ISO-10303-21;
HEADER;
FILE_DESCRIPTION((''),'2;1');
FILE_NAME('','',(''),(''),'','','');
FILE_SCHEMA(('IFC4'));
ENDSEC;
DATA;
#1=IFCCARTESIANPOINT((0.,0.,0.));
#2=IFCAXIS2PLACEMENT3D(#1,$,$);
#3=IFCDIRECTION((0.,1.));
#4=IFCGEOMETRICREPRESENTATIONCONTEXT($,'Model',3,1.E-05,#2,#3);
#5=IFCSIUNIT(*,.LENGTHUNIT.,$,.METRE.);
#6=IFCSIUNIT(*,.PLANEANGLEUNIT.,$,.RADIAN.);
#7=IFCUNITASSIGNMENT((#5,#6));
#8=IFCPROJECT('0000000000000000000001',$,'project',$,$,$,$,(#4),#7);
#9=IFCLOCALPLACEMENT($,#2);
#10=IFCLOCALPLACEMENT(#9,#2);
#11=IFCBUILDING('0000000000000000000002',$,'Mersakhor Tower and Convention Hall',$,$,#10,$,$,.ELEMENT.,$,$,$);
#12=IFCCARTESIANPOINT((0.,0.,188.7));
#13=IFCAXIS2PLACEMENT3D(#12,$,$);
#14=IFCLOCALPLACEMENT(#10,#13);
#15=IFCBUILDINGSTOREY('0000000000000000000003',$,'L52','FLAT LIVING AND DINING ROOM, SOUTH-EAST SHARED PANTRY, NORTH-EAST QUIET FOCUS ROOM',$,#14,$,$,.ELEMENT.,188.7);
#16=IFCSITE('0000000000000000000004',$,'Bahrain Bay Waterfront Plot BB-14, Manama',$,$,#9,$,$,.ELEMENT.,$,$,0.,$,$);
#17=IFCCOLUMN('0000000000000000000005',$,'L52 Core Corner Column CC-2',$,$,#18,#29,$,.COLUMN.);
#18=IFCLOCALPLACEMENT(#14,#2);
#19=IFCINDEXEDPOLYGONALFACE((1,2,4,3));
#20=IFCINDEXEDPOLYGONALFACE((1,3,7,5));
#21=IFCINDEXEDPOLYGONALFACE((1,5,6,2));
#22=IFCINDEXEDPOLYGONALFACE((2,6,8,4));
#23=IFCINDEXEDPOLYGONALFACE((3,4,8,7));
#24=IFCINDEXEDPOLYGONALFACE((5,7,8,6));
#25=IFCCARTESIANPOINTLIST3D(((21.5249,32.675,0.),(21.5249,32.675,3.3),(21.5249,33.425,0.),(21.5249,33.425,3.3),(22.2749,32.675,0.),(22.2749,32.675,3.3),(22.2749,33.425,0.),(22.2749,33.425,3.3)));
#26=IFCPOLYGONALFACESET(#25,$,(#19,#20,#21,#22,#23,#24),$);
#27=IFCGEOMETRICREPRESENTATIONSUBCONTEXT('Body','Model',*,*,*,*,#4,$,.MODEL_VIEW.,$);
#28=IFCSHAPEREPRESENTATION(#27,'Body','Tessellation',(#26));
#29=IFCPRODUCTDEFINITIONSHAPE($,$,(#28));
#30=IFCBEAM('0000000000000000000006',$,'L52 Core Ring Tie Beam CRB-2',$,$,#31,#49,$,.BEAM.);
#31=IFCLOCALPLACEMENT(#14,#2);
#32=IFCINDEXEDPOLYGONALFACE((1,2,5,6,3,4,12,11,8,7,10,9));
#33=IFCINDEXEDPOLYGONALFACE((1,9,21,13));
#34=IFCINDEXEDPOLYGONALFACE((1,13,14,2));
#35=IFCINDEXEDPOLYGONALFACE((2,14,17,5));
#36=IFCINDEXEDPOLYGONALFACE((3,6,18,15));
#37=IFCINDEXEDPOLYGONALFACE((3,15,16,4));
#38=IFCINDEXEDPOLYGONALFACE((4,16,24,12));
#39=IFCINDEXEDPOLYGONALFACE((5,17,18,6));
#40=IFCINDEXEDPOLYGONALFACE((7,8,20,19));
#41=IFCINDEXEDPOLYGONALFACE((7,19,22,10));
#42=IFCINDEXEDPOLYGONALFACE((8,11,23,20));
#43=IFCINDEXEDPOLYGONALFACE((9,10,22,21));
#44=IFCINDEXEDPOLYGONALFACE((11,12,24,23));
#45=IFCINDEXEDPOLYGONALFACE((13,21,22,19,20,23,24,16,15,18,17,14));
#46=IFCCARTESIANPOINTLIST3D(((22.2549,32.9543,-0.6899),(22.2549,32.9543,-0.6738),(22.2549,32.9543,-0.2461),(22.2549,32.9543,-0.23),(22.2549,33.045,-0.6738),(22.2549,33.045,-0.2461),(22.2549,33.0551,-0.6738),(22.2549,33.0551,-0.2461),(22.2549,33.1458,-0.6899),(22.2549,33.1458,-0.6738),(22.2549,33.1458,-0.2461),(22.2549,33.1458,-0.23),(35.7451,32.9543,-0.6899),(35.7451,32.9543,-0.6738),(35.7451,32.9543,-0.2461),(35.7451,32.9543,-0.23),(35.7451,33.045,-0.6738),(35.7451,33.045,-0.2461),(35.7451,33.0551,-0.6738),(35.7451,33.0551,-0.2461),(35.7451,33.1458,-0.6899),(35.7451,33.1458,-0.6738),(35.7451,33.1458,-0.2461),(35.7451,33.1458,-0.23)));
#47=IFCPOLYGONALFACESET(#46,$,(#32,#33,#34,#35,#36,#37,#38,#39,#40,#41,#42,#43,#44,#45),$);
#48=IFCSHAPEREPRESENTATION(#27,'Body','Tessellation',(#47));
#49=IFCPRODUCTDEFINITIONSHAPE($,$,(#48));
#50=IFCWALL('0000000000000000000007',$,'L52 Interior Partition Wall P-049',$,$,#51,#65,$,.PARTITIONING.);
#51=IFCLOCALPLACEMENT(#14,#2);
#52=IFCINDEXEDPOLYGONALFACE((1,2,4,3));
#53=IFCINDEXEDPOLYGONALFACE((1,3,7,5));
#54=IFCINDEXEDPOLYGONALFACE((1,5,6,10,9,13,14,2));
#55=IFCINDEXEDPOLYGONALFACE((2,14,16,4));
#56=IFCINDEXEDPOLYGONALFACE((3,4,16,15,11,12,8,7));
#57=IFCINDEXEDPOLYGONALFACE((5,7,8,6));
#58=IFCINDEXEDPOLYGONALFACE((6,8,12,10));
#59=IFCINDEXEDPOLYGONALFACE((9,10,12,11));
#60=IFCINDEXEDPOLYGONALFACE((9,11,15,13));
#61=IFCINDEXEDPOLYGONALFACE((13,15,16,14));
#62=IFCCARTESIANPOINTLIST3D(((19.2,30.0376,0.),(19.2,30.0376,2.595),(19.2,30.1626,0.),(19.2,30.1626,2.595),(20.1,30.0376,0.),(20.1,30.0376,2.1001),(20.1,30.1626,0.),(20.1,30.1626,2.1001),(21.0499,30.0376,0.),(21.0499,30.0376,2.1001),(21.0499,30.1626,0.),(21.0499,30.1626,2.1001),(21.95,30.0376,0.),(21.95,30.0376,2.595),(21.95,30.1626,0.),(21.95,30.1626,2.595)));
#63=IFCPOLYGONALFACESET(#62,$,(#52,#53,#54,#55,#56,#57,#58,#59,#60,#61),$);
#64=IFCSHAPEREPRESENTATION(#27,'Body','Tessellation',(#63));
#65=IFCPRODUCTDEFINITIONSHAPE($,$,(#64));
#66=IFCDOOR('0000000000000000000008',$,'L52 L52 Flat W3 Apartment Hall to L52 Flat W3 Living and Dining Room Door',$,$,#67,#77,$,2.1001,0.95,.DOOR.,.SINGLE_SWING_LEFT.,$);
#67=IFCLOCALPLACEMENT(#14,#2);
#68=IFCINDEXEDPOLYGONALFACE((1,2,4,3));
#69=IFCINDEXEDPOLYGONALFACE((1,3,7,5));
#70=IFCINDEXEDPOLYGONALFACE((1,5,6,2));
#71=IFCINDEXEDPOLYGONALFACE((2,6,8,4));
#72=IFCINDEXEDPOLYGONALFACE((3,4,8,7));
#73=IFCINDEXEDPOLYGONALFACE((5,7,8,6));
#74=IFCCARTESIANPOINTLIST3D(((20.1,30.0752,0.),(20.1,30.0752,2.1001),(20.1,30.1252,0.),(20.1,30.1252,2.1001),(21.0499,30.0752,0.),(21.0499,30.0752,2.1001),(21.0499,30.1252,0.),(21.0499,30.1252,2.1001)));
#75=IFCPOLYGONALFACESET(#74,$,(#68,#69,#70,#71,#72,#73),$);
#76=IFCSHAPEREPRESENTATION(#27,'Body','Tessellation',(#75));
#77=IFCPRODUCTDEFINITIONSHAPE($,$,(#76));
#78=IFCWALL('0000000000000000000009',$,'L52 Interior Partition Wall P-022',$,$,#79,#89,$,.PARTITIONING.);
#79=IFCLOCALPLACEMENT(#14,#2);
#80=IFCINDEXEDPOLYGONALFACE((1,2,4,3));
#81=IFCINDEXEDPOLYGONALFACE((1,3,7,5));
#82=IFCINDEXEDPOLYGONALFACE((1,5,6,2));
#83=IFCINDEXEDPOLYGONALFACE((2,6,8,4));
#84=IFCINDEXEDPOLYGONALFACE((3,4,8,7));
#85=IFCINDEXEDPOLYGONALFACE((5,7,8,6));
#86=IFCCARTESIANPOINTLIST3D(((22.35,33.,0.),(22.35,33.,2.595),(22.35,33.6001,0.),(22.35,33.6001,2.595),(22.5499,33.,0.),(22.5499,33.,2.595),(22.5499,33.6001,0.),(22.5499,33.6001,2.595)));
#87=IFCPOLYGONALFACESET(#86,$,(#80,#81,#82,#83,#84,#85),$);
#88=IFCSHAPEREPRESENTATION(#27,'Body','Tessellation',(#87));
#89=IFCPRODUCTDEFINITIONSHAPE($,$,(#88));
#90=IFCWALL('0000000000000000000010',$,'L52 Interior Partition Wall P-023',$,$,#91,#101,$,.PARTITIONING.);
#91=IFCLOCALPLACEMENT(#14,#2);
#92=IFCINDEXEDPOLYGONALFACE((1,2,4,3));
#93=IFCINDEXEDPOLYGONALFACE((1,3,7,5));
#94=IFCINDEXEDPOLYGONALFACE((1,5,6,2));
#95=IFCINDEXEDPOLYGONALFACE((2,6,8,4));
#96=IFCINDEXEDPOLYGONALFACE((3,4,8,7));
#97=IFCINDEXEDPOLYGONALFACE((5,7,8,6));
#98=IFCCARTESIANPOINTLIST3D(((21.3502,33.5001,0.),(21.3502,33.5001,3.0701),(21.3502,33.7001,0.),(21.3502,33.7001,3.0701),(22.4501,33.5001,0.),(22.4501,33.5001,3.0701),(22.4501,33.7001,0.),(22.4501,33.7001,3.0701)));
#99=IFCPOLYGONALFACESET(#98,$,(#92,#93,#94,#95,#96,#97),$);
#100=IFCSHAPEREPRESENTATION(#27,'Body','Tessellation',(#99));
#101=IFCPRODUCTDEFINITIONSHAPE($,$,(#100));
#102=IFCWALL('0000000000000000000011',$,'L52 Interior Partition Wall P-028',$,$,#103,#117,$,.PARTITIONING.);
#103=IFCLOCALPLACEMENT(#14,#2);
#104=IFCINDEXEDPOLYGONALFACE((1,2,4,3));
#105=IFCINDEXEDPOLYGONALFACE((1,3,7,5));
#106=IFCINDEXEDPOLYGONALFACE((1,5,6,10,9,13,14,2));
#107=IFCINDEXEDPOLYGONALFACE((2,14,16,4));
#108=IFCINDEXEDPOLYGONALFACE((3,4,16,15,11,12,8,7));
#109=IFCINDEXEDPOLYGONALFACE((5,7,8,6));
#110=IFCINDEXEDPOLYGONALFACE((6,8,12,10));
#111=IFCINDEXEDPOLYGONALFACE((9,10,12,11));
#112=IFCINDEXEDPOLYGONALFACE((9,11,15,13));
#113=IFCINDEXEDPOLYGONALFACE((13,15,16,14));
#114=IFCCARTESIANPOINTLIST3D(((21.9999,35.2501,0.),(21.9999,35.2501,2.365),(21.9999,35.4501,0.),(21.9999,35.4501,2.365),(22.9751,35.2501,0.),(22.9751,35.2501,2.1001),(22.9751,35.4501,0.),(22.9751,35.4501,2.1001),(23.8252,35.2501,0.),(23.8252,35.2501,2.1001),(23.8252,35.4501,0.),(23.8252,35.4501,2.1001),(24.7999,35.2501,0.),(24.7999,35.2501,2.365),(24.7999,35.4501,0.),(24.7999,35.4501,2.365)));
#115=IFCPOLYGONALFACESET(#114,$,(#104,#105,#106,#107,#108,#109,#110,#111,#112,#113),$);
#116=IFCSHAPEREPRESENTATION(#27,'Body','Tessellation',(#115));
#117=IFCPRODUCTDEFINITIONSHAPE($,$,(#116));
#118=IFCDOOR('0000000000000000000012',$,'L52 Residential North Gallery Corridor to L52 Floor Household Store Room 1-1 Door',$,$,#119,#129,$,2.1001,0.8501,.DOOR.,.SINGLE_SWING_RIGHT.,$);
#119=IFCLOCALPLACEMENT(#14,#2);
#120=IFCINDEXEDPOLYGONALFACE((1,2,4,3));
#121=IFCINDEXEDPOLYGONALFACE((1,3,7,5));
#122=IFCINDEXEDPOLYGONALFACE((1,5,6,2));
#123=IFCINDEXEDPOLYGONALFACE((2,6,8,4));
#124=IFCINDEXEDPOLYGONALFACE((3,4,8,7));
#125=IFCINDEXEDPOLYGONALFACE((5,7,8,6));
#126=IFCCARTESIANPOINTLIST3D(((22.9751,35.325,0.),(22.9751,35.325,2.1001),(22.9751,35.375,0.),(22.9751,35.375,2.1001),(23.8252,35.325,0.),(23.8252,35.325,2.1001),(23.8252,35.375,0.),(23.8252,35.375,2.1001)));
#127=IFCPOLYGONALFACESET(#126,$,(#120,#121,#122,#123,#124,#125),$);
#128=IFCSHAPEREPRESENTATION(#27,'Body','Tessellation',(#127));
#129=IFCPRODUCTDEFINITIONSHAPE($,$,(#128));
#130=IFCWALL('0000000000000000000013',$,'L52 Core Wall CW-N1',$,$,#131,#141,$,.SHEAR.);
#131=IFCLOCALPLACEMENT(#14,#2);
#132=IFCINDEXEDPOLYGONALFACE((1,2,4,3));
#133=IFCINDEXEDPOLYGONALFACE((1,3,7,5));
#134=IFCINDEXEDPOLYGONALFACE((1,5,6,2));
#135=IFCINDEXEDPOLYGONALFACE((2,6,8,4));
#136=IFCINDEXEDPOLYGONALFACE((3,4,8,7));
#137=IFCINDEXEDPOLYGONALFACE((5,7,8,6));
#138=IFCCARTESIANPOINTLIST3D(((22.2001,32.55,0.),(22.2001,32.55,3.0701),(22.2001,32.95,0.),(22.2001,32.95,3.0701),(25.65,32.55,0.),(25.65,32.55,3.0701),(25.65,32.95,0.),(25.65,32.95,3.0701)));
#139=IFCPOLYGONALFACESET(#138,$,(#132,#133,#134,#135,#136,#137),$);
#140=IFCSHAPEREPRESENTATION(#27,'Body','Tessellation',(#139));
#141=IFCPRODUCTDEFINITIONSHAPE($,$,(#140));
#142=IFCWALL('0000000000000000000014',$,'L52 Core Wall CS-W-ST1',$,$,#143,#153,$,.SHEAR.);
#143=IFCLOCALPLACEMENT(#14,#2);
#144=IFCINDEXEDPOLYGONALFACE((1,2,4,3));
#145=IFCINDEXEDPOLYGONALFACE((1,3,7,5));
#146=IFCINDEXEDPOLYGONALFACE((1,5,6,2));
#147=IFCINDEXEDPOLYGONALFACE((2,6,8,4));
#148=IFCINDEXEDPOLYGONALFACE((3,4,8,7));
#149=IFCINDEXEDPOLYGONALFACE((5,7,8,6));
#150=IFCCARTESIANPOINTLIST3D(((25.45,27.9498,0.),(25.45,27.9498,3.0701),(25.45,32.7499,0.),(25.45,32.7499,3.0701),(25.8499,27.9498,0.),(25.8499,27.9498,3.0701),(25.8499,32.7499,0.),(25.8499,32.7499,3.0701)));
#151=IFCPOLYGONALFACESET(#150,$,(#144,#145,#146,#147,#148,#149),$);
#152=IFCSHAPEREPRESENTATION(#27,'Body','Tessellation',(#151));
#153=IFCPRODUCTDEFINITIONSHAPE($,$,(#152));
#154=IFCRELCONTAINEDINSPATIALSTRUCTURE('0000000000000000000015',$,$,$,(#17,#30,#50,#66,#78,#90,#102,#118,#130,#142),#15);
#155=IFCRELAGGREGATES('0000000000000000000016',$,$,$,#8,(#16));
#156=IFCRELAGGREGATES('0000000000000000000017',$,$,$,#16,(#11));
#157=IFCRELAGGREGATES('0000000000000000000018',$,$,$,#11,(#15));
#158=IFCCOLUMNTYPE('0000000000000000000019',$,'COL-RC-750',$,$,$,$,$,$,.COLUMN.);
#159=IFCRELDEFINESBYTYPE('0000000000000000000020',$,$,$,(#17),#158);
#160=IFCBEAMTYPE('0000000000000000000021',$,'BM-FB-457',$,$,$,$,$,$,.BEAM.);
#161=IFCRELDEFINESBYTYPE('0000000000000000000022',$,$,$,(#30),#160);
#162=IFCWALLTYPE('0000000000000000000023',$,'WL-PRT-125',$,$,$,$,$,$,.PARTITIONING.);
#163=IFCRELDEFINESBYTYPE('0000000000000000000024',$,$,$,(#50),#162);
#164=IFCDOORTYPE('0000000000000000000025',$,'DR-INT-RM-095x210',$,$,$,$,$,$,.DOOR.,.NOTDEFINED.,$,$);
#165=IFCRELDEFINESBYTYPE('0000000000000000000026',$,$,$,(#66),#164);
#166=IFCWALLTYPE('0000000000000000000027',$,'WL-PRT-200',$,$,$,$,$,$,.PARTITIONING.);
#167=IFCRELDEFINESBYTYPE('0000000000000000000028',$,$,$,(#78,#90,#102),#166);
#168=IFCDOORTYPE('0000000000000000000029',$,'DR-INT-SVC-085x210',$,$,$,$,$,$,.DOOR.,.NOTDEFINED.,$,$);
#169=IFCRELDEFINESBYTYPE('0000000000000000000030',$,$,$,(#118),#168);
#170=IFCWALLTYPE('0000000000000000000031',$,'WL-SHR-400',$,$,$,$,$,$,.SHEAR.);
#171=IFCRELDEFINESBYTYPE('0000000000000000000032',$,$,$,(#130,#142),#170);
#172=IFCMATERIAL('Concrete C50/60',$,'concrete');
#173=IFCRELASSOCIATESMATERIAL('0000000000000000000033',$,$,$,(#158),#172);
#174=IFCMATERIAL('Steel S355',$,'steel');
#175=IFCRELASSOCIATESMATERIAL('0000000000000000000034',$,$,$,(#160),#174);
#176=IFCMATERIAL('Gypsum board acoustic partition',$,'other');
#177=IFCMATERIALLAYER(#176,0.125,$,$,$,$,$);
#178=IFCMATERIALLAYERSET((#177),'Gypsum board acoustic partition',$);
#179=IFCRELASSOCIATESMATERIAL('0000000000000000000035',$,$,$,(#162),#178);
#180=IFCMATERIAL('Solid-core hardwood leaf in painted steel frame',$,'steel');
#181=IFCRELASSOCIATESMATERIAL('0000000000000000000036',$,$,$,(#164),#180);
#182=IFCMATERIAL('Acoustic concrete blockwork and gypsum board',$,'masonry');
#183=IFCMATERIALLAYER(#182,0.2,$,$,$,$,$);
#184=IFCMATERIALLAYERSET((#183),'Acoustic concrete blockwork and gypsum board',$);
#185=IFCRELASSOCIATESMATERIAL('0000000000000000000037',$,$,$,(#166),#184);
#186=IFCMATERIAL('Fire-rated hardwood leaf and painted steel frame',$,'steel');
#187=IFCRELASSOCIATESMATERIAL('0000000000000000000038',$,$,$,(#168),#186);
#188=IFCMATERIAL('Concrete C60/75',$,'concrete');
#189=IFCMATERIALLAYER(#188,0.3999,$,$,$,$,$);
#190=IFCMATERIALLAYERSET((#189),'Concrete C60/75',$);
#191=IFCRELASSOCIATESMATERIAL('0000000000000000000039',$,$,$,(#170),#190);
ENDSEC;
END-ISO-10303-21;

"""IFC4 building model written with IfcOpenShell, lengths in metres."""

from ifc_helpers import new_model, si_unit, direction, frame, frame_2d, origin, origin_2d, place, context, subcontext, project, spatial, rectangle, i_section, extrude, material, layer, layer_set, material_profile, profile_set, type_object, element, fill, save


model = new_model("IFC4")

# Units and contexts
model_context = context("Model", 3, precision=1e-05, world=origin(), true_north=direction((0.0, 1.0)))
body_context = subcontext(model_context, "Body", "Model", "MODEL_VIEW")
ifc_project = project(units=[si_unit("LENGTHUNIT", "METRE"), si_unit("PLANEANGLEUNIT", "RADIAN")], contexts=[model_context])

# Site, building, storey
site_placement = place(None, origin())
site = spatial("IfcSite", under=ifc_project, at=site_placement, Name="Bahrain Bay Waterfront Plot BB-14, Manama", CompositionType="ELEMENT", RefElevation=0.0)
building_placement = place(site_placement, origin())
building = spatial("IfcBuilding", under=site, at=building_placement, Name="Mersakhor Tower and Convention Hall", CompositionType="ELEMENT")
storey_placement = place(building_placement, frame((0.0, 0.0, 188.7)))
storey = spatial("IfcBuildingStorey", under=building, at=storey_placement, Name="L52", Description="FLAT LIVING AND DINING ROOM, SOUTH-EAST SHARED PANTRY, NORTH-EAST QUIET FOCUS ROOM", CompositionType="ELEMENT", Elevation=188.7)

# Column
ifc_material_1 = material(Name="Concrete C50/60", Category="concrete")
ifc_material_profile_1 = material_profile(ifc_material_1, rectangle(XDim=0.75, YDim=0.75, at=origin_2d()), Name="RC 750x750")
ifc_profile_set_1 = profile_set([ifc_material_profile_1], Name="Concrete C50/60")
column_type = type_object("IfcColumnType", Name="COL-RC-750", PredefinedType="COLUMN", material=ifc_profile_set_1)
column_placement = place(storey_placement, frame((21.8999, 33.05, 0.0), z_axis=(0.0, 0.0, 1.0), x_axis=(1.0, 0.0, 0.0)))
element("IfcColumn", 1, at=column_placement, inside=storey, type_object=column_type, Name="L52 Core Corner Column CC-2", PredefinedType="COLUMN", context=body_context, shape_type="SweptSolid", body=[
    extrude(rectangle(XDim=0.75, YDim=0.75, at=origin_2d()), origin(), (0.0, 0.0, 1.0), 3.3),
])

# Beam
ifc_material_2 = material(Name="Steel S355", Category="steel")
ifc_material_profile_2 = material_profile(ifc_material_2, i_section(OverallWidth=0.1914, OverallDepth=0.46, WebThickness=0.01, FlangeThickness=0.0161, at=origin_2d()), Name="UB 457x191x82")
ifc_profile_set_2 = profile_set([ifc_material_profile_2], Name="Steel S355")
beam_type = type_object("IfcBeamType", Name="BM-FB-457", PredefinedType="BEAM", material=ifc_profile_set_2)
beam_placement = place(storey_placement, frame((22.2549, 33.05, -0.46), z_axis=(1.0, 0.0, 0.0), x_axis=(0.0, 1.0, 0.0)))
element("IfcBeam", 2, at=beam_placement, inside=storey, type_object=beam_type, Name="L52 Core Ring Tie Beam CRB-2", PredefinedType="BEAM", context=body_context, shape_type="SweptSolid", body=[
    extrude(i_section(OverallWidth=0.1914, OverallDepth=0.46, WebThickness=0.01, FlangeThickness=0.0161, at=origin_2d()), origin(), (0.0, 0.0, 1.0), 13.4902),
])

# Wall, opening, door
ifc_material_3 = material(Name="Gypsum board acoustic partition", Category="other")
ifc_layer_1 = layer(ifc_material_3, 0.125)
ifc_layer_set_1 = layer_set([ifc_layer_1], Name="Gypsum board acoustic partition")
wall_type_1 = type_object("IfcWallType", Name="WL-PRT-125", PredefinedType="PARTITIONING", material=ifc_layer_set_1)
wall_1_placement = place(storey_placement, frame((21.95, 30.1001, 0.0), z_axis=(0.0, 0.0, 1.0), x_axis=(-1.0, 0.0, 0.0)))
wall_1 = element("IfcWall", 3, at=wall_1_placement, inside=storey, type_object=wall_type_1, Name="L52 Interior Partition Wall P-049", PredefinedType="PARTITIONING", context=body_context, shape_type="SweptSolid", body=[
    extrude(rectangle(XDim=2.75, YDim=0.125, at=frame_2d((1.375, 0.0))), origin(), (0.0, 0.0, 1.0), 2.595),
])
opening_1_placement = place(wall_1_placement, frame((0.8999, 0.0, 0.0)))
opening_1 = element("IfcOpeningElement", 4, at=opening_1_placement, cuts=wall_1, PredefinedType="OPENING", context=body_context, shape_type="SweptSolid", body=[
    extrude(rectangle(XDim=0.95, YDim=2.1001, at=frame_2d((0.4751, 1.05))), frame((0.0, 0.0725, 0.0), z_axis=(0.0, -1.0, 0.0), x_axis=(1.0, 0.0, 0.0)), (0.0, 0.0, 1.0), 0.145),
])
ifc_material_4 = material(Name="Solid-core hardwood leaf in painted steel frame", Category="steel")
door_type_1 = type_object("IfcDoorType", Name="DR-INT-RM-095x210", OperationType="NOTDEFINED", PredefinedType="DOOR", material=ifc_material_4)
door_1_placement = place(opening_1_placement, origin())
door_1 = element("IfcDoor", 5, at=door_1_placement, inside=storey, type_object=door_type_1, Name="L52 L52 Flat W3 Apartment Hall to L52 Flat W3 Living and Dining Room Door", OperationType="SINGLE_SWING_LEFT", OverallHeight=2.1001, OverallWidth=0.95, PredefinedType="DOOR", context=body_context, shape_type="SweptSolid", body=[
    extrude(rectangle(XDim=0.95, YDim=2.1001, at=frame_2d((0.4751, 1.05))), frame((0.0, 0.0249, 0.0), z_axis=(0.0, -1.0, 0.0), x_axis=(1.0, 0.0, 0.0)), (0.0, 0.0, 1.0), 0.05),
])
fill(opening_1, door_1)

# Walls
ifc_material_5 = material(Name="Acoustic concrete blockwork and gypsum board", Category="masonry")
ifc_layer_2 = layer(ifc_material_5, 0.2)
ifc_layer_set_2 = layer_set([ifc_layer_2], Name="Acoustic concrete blockwork and gypsum board")
wall_type_2 = type_object("IfcWallType", Name="WL-PRT-200", PredefinedType="PARTITIONING", material=ifc_layer_set_2)
wall_2_placement = place(storey_placement, frame((22.45, 33.0, 0.0), z_axis=(0.0, 0.0, 1.0), x_axis=(0.0, 1.0, 0.0)))
element("IfcWall", 6, at=wall_2_placement, inside=storey, type_object=wall_type_2, Name="L52 Interior Partition Wall P-022", PredefinedType="PARTITIONING", context=body_context, shape_type="SweptSolid", body=[
    extrude(rectangle(XDim=0.6001, YDim=0.2, at=frame_2d((0.3, 0.0))), origin(), (0.0, 0.0, 1.0), 2.595),
])
wall_3_placement = place(storey_placement, frame((22.45, 33.6001, 0.0), z_axis=(0.0, 0.0, 1.0), x_axis=(-1.0, 0.0, 0.0)))
element("IfcWall", 7, at=wall_3_placement, inside=storey, type_object=wall_type_2, Name="L52 Interior Partition Wall P-023", PredefinedType="PARTITIONING", context=body_context, shape_type="SweptSolid", body=[
    extrude(rectangle(XDim=1.0999, YDim=0.2, at=frame_2d((0.5498, 0.0))), origin(), (0.0, 0.0, 1.0), 3.0701),
])

# Wall, opening, door
wall_4_placement = place(storey_placement, frame((22.0, 35.3501, 0.0), z_axis=(0.0, 0.0, 1.0), x_axis=(1.0, 0.0, 0.0)))
wall_4 = element("IfcWall", 8, at=wall_4_placement, inside=storey, type_object=wall_type_2, Name="L52 Interior Partition Wall P-028", PredefinedType="PARTITIONING", context=body_context, shape_type="SweptSolid", body=[
    extrude(rectangle(XDim=2.8, YDim=0.2, at=frame_2d((1.3999, 0.0))), origin(), (0.0, 0.0, 1.0), 2.365),
])
opening_2_placement = place(wall_4_placement, frame((0.9751, 0.0, 0.0)))
opening_2 = element("IfcOpeningElement", 9, at=opening_2_placement, cuts=wall_4, PredefinedType="OPENING", context=body_context, shape_type="SweptSolid", body=[
    extrude(rectangle(XDim=0.8501, YDim=2.1001, at=frame_2d((0.425, 1.05))), frame((0.0, 0.1099, 0.0), z_axis=(0.0, -1.0, 0.0), x_axis=(1.0, 0.0, 0.0)), (0.0, 0.0, 1.0), 0.22),
])
ifc_material_6 = material(Name="Fire-rated hardwood leaf and painted steel frame", Category="steel")
door_type_2 = type_object("IfcDoorType", Name="DR-INT-SVC-085x210", OperationType="NOTDEFINED", PredefinedType="DOOR", material=ifc_material_6)
door_2_placement = place(opening_2_placement, origin())
door_2 = element("IfcDoor", 10, at=door_2_placement, inside=storey, type_object=door_type_2, Name="L52 Residential North Gallery Corridor to L52 Floor Household Store Room 1-1 Door", OperationType="SINGLE_SWING_RIGHT", OverallHeight=2.1001, OverallWidth=0.8501, PredefinedType="DOOR", context=body_context, shape_type="SweptSolid", body=[
    extrude(rectangle(XDim=0.8501, YDim=2.1001, at=frame_2d((0.425, 1.05))), frame((0.0, 0.0249, 0.0), z_axis=(0.0, -1.0, 0.0), x_axis=(1.0, 0.0, 0.0)), (0.0, 0.0, 1.0), 0.05),
])
fill(opening_2, door_2)

# Wall
ifc_material_7 = material(Name="Concrete C60/75", Category="concrete")
ifc_layer_3 = layer(ifc_material_7, 0.3999)
ifc_layer_set_3 = layer_set([ifc_layer_3], Name="Concrete C60/75")
wall_type_3 = type_object("IfcWallType", Name="WL-SHR-400", PredefinedType="SHEAR", material=ifc_layer_set_3)
wall_5_placement = place(storey_placement, frame((22.2, 32.75, 0.0), z_axis=(0.0, 0.0, 1.0), x_axis=(1.0, 0.0, 0.0)))
element("IfcWall", 11, at=wall_5_placement, inside=storey, type_object=wall_type_3, Name="L52 Core Wall CW-N1", PredefinedType="SHEAR", context=body_context, shape_type="SweptSolid", body=[
    extrude(rectangle(XDim=3.45, YDim=0.3999, at=frame_2d((1.7251, 0.0))), origin(), (0.0, 0.0, 1.0), 3.0701),
])

# Wall
wall_6_placement = place(storey_placement, frame((25.6499, 27.95, 0.0), z_axis=(0.0, 0.0, 1.0), x_axis=(0.0, 1.0, 0.0)))
element("IfcWall", 12, at=wall_6_placement, inside=storey, type_object=wall_type_3, Name="L52 Core Wall CS-W-ST1", PredefinedType="SHEAR", context=body_context, shape_type="SweptSolid", body=[
    extrude(rectangle(XDim=4.8, YDim=0.3999, at=frame_2d((2.3999, 0.0))), origin(), (0.0, 0.0, 1.0), 3.0701),
])

save(model, "model.ifc")
